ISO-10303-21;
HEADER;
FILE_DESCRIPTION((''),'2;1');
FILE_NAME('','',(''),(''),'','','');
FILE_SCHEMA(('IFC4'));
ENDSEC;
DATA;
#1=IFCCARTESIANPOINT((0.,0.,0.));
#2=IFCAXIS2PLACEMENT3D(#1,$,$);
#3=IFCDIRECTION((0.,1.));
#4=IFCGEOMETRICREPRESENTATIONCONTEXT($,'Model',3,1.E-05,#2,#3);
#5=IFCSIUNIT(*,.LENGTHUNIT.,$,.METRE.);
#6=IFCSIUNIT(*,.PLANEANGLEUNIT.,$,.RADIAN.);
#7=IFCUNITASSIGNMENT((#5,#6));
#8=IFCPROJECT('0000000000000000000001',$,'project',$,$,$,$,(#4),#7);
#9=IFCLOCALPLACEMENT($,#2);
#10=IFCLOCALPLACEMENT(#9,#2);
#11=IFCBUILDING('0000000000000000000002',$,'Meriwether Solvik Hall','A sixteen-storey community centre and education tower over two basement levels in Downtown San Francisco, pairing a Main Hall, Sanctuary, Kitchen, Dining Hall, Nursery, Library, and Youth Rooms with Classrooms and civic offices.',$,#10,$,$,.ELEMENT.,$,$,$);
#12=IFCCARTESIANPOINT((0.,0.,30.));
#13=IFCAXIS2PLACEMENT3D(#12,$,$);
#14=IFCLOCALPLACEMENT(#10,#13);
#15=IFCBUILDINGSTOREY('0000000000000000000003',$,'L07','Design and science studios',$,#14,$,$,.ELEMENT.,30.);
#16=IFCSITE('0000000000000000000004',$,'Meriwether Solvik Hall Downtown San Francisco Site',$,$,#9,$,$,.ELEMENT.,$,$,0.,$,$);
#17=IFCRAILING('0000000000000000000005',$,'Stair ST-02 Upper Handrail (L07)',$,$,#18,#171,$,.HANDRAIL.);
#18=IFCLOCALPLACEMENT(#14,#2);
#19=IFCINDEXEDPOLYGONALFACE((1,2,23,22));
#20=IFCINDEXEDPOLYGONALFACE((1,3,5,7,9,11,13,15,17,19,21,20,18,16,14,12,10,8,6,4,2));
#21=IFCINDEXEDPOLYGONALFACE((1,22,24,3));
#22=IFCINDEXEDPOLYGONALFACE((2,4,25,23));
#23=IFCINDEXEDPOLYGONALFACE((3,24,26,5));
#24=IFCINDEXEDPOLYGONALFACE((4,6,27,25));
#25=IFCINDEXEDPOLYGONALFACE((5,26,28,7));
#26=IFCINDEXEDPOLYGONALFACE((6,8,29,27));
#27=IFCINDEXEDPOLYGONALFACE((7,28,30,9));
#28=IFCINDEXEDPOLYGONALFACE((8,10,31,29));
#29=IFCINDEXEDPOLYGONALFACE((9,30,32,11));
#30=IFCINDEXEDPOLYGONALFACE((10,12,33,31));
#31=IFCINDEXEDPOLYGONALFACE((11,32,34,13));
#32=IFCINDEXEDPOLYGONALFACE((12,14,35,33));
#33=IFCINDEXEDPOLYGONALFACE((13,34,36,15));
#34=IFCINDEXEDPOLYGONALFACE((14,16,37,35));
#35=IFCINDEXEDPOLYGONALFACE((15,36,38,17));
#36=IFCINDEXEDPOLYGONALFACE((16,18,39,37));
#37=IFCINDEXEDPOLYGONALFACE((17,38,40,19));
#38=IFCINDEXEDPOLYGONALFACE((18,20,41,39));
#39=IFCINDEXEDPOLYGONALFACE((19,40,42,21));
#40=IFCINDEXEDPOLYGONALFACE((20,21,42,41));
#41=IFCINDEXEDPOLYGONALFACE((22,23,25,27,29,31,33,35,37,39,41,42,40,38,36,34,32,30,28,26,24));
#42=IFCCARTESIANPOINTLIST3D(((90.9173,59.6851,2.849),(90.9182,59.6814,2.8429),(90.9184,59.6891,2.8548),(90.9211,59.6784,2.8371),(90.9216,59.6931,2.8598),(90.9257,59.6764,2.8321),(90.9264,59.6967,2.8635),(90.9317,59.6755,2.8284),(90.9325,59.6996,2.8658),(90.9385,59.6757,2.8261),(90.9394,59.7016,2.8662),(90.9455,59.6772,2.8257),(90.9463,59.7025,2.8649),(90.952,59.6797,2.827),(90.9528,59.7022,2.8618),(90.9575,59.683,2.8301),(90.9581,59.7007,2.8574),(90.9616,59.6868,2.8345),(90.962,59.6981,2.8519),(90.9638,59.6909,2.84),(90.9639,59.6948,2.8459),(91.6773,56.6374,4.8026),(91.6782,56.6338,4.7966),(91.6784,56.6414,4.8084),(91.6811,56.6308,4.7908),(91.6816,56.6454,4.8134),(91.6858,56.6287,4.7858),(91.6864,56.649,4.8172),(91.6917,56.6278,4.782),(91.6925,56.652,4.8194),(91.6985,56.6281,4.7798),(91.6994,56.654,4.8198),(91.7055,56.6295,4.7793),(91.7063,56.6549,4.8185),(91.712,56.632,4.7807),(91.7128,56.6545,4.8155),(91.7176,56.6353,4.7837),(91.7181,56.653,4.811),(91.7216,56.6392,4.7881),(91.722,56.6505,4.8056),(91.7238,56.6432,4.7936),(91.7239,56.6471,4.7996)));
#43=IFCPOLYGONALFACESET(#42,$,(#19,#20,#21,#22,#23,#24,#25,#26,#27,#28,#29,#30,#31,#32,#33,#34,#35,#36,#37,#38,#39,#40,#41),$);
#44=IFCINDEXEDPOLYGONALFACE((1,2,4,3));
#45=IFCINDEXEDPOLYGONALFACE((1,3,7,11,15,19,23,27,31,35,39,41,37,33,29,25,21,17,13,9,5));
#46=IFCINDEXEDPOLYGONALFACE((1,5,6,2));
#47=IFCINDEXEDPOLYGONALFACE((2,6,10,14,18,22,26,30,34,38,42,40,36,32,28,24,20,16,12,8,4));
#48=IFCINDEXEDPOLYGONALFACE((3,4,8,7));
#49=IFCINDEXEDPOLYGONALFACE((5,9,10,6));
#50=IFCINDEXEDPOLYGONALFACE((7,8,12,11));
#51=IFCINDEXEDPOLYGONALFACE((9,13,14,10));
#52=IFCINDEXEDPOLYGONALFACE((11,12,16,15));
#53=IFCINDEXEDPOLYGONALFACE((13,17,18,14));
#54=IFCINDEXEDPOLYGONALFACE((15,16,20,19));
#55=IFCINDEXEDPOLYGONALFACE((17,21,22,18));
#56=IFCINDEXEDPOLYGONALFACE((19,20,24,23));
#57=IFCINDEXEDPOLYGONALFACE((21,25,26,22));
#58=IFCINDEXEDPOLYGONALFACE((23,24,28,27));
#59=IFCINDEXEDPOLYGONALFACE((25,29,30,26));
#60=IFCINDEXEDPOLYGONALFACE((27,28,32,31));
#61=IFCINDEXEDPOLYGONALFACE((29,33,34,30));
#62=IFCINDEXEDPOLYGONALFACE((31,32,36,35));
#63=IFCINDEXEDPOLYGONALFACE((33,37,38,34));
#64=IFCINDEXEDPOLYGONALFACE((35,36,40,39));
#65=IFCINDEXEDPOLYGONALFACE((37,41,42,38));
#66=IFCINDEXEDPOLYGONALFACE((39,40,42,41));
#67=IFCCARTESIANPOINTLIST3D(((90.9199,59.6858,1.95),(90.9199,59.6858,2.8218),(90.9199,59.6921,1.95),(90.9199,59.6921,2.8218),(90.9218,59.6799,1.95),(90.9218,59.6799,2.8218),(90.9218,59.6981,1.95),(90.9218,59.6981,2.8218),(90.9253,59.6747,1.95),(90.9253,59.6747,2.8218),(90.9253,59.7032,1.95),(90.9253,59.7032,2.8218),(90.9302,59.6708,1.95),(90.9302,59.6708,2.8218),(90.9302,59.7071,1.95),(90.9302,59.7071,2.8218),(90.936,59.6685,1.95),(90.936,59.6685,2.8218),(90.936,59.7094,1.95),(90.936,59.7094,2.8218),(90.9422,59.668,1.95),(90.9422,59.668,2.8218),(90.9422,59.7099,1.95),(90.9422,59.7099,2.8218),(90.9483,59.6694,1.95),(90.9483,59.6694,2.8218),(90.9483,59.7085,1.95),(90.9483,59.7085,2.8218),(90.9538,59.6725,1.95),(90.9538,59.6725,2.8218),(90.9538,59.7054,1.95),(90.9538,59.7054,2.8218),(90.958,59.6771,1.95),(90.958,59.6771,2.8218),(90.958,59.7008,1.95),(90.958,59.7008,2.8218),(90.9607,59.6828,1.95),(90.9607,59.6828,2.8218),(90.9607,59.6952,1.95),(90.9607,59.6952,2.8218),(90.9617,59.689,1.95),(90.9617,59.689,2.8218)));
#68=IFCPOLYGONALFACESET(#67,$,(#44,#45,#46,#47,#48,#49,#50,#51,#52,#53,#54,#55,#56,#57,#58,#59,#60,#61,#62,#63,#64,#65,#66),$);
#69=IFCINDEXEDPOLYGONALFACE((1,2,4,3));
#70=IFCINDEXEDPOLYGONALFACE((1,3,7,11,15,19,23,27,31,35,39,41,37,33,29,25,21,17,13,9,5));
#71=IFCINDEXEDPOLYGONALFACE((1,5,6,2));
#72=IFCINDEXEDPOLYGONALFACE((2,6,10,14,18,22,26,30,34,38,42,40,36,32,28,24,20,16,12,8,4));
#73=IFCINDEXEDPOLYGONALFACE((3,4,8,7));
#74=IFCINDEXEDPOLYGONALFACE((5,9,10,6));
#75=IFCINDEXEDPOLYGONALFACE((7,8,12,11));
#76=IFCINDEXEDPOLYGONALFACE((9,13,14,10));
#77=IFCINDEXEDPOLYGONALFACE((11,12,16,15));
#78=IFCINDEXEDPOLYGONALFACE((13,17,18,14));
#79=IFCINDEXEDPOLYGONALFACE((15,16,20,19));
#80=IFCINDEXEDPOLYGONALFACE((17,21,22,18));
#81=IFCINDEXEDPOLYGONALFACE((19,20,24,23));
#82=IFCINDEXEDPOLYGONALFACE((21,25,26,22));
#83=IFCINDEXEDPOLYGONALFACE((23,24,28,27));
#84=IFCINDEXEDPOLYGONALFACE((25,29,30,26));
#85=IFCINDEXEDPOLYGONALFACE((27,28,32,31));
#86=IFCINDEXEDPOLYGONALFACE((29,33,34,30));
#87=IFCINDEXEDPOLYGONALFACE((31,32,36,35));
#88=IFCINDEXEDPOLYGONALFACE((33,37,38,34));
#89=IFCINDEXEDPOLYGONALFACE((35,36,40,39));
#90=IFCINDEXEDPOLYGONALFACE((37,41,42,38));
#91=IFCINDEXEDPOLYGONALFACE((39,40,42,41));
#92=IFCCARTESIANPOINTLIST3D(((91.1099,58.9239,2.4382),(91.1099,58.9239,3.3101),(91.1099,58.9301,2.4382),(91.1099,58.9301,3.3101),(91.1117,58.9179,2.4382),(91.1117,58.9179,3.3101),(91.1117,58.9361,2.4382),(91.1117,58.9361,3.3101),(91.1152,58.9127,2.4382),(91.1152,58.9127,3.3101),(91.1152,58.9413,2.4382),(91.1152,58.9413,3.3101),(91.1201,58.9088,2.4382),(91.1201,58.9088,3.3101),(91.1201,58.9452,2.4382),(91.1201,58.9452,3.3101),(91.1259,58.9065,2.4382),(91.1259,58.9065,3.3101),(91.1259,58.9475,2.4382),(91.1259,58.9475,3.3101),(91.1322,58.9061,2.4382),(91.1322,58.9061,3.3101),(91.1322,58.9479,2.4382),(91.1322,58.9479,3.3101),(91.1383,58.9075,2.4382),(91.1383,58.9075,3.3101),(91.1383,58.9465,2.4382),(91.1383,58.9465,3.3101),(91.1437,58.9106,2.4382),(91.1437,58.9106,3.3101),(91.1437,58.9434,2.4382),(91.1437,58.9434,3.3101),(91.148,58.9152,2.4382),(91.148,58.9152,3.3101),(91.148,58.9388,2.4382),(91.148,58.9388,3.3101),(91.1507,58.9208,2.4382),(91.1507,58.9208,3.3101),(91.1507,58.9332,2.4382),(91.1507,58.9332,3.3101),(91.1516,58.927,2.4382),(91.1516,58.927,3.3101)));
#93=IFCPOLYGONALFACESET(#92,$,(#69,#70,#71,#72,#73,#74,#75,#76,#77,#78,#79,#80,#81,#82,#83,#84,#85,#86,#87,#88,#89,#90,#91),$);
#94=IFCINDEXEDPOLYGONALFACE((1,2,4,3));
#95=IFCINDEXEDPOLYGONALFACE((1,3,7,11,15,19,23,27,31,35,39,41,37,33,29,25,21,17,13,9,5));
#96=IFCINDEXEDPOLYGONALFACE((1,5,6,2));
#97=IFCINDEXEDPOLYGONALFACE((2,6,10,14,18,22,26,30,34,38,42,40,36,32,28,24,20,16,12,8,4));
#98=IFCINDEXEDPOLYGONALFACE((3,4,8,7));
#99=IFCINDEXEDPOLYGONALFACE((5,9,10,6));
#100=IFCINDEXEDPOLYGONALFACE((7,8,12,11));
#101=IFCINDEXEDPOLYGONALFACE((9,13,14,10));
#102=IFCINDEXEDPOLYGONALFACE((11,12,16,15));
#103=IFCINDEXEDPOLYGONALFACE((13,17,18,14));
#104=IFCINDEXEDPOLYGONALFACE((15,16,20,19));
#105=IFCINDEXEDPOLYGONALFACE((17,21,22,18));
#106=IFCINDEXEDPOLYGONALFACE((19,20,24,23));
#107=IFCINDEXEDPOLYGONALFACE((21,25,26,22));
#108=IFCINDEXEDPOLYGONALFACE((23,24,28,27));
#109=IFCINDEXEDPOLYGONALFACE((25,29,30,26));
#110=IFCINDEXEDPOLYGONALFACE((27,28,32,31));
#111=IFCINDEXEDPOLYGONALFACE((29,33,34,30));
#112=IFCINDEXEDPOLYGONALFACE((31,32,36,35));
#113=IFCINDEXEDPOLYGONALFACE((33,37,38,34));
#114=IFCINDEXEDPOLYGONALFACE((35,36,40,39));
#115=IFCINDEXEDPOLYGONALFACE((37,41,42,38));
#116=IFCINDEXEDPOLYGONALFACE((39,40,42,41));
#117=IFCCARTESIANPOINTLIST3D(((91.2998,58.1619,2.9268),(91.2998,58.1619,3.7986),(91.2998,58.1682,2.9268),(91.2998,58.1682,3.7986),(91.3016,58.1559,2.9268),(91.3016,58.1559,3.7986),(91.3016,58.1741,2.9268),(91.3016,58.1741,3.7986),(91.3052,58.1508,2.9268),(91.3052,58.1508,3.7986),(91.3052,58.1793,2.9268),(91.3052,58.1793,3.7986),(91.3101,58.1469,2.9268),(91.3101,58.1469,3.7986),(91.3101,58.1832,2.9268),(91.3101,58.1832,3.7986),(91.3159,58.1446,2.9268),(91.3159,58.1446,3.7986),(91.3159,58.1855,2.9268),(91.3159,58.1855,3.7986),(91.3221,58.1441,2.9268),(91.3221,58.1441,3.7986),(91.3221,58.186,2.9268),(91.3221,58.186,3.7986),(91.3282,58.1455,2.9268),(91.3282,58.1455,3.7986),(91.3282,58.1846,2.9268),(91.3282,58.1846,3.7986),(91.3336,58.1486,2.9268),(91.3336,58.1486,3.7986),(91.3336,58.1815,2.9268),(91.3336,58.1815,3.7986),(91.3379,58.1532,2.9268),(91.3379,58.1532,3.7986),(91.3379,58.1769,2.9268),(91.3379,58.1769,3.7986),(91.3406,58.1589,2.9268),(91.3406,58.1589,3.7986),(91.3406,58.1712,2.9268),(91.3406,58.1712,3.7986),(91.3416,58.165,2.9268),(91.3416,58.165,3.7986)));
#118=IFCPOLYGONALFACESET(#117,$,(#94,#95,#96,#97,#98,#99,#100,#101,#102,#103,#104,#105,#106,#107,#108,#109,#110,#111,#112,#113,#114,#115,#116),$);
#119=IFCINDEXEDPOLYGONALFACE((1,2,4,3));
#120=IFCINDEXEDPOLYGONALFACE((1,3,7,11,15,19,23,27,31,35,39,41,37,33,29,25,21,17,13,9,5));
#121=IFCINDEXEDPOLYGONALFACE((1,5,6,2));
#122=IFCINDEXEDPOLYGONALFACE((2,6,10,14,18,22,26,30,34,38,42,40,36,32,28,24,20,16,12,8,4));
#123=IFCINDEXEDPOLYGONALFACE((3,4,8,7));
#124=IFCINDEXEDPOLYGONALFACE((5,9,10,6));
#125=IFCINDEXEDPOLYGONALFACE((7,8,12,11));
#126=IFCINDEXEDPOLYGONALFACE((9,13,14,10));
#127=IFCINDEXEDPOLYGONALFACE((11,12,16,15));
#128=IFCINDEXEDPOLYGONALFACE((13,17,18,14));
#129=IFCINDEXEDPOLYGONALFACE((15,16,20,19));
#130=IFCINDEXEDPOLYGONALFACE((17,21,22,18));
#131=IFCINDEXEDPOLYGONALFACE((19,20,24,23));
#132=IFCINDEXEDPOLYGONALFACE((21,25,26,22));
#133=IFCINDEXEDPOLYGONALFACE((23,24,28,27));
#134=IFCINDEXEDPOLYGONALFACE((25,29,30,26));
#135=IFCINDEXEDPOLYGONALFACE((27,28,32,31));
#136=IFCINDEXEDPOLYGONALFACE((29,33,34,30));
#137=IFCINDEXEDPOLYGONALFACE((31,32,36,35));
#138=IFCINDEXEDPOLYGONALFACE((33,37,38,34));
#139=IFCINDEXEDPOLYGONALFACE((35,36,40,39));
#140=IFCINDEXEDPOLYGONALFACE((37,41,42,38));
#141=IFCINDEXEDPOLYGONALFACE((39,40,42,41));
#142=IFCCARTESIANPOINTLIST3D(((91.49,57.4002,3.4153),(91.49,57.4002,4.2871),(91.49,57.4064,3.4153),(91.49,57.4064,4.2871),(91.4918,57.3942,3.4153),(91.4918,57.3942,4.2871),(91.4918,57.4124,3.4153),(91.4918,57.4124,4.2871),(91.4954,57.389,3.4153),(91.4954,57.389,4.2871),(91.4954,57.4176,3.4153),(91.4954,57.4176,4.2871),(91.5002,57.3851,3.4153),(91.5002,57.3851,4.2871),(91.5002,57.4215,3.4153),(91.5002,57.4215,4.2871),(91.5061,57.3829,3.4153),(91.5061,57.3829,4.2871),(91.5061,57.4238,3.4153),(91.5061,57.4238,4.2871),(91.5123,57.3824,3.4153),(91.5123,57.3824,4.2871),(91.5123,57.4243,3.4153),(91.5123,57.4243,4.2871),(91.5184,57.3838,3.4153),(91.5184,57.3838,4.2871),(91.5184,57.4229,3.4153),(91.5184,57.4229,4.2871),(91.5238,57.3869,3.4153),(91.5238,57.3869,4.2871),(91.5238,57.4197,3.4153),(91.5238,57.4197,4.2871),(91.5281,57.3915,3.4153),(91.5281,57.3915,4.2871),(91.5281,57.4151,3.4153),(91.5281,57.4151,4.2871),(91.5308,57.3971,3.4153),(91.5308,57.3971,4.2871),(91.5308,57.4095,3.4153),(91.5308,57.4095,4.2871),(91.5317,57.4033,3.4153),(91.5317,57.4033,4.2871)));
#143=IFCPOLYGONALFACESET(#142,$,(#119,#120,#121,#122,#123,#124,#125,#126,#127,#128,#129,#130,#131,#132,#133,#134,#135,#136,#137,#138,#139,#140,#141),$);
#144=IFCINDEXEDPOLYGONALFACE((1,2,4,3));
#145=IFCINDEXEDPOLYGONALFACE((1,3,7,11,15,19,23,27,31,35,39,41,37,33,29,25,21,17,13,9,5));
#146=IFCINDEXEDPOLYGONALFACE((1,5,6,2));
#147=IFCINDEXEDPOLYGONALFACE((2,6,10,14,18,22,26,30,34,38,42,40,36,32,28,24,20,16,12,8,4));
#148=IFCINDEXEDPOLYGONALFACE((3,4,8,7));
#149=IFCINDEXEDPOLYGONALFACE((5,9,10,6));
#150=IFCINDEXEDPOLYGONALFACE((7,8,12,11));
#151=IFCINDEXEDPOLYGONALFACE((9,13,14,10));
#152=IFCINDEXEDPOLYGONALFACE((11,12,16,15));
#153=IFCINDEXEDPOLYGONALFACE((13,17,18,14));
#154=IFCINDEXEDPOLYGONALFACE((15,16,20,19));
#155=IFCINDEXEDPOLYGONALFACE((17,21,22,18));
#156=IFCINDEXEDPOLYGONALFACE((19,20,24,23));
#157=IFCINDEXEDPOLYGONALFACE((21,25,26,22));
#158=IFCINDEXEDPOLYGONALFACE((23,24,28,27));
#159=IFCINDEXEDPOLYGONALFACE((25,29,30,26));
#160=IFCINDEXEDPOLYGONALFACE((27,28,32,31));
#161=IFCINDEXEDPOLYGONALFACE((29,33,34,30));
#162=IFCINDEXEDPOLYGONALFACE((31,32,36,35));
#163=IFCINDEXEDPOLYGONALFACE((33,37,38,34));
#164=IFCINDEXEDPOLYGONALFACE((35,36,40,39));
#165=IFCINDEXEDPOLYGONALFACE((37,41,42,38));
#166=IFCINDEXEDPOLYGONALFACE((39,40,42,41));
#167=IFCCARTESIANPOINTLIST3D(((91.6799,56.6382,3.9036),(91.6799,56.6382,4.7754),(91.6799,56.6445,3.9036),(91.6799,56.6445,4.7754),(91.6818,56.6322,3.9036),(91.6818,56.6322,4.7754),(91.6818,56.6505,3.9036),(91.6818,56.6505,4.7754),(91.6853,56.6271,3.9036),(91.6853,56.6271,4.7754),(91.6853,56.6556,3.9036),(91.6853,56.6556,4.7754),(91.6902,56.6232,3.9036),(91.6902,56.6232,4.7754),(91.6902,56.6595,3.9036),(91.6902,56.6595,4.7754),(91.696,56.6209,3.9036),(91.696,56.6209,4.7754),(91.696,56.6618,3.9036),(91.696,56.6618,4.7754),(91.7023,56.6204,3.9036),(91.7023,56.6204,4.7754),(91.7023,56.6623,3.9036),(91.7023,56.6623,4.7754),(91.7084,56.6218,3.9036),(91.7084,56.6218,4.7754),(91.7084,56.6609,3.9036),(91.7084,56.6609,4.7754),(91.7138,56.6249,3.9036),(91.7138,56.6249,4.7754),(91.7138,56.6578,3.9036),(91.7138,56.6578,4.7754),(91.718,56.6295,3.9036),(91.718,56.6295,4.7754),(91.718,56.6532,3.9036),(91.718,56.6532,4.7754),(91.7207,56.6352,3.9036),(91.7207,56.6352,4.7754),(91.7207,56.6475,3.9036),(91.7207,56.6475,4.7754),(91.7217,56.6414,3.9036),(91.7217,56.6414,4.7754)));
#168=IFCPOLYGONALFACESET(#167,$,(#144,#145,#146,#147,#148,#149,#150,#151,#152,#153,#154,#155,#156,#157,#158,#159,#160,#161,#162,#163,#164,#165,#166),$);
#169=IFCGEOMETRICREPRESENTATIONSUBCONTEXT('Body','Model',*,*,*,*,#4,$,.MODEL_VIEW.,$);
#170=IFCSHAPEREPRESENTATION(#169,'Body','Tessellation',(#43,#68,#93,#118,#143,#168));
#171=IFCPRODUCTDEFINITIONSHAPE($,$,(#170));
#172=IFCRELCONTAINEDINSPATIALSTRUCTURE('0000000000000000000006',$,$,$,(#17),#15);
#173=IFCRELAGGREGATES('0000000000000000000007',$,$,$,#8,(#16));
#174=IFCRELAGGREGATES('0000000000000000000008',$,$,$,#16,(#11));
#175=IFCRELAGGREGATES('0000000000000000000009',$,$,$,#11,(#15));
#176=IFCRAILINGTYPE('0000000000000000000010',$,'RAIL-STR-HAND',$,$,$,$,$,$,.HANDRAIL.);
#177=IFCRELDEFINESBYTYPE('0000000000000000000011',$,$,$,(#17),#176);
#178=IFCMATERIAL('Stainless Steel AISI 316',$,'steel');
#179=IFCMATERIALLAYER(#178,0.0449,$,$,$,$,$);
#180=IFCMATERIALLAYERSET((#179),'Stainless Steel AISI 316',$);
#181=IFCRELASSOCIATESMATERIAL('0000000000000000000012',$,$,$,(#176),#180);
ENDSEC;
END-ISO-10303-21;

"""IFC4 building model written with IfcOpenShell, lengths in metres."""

from ifc_helpers import new_model, si_unit, direction, frame, origin, origin_2d, place, context, subcontext, project, spatial, circle, extrude, material, layer, layer_set, type_object, element, save


model = new_model("IFC4")

# Units and contexts
model_context = context("Model", 3, precision=1e-05, world=origin(), true_north=direction((0.0, 1.0)))
body_context = subcontext(model_context, "Body", "Model", "MODEL_VIEW")
ifc_project = project(units=[si_unit("LENGTHUNIT", "METRE"), si_unit("PLANEANGLEUNIT", "RADIAN")], contexts=[model_context])

# Site, building, storey
site_placement = place(None, origin())
site = spatial("IfcSite", under=ifc_project, at=site_placement, Name="Meriwether Solvik Hall Downtown San Francisco Site", CompositionType="ELEMENT", RefElevation=0.0)
building_placement = place(site_placement, origin())
building = spatial("IfcBuilding", under=site, at=building_placement, Name="Meriwether Solvik Hall", Description="A sixteen-storey community centre and education tower over two basement levels in Downtown San Francisco, pairing a Main Hall, Sanctuary, Kitchen, Dining Hall, Nursery, Library, and Youth Rooms with Classrooms and civic offices.", CompositionType="ELEMENT")
storey_placement = place(building_placement, frame((0.0, 0.0, 30.0)))
storey = spatial("IfcBuildingStorey", under=building, at=storey_placement, Name="L07", Description="Design and science studios", CompositionType="ELEMENT", Elevation=30.0)

# Railing
ifc_material_1 = material(Name="Stainless Steel AISI 316", Category="steel")
ifc_layer_1 = layer(ifc_material_1, 0.0449)
ifc_layer_set_1 = layer_set([ifc_layer_1], Name="Stainless Steel AISI 316")
railing_type_1 = type_object("IfcRailingType", Name="RAIL-STR-HAND", PredefinedType="HANDRAIL", material=ifc_layer_set_1)
railing_1_placement = place(storey_placement, frame((90.9407, 59.689, 1.95)))
element("IfcRailing", 1, at=railing_1_placement, inside=storey, type_object=railing_type_1, Name="Stair ST-02 Upper Handrail (L07)", PredefinedType="HANDRAIL", context=body_context, shape_type="SweptSolid", body=[
    extrude(circle(Radius=0.0239, at=origin_2d()), frame((0.0, 0.0, 0.896), z_axis=(0.205467, -0.823915, 0.528155), x_axis=(0.970284, 0.241969, 0.0)), (0.0, 0.0, 1.0), 3.699),
    extrude(circle(Radius=0.021, at=origin_2d()), origin(), (0.0, 0.0, 1.0), 0.8718),
    extrude(circle(Radius=0.021, at=origin_2d()), frame((0.1899, -0.762, 0.4883)), (0.0, 0.0, 1.0), 0.8718),
    extrude(circle(Radius=0.021, at=origin_2d()), frame((0.3799, -1.5239, 0.9768)), (0.0, 0.0, 1.0), 0.8718),
    extrude(circle(Radius=0.021, at=origin_2d()), frame((0.5701, -2.2856, 1.4653)), (0.0, 0.0, 1.0), 0.8718),
    extrude(circle(Radius=0.021, at=origin_2d()), frame((0.76, -3.0476, 1.9536)), (0.0, 0.0, 1.0), 0.8718),
])

save(model, "model.ifc")
